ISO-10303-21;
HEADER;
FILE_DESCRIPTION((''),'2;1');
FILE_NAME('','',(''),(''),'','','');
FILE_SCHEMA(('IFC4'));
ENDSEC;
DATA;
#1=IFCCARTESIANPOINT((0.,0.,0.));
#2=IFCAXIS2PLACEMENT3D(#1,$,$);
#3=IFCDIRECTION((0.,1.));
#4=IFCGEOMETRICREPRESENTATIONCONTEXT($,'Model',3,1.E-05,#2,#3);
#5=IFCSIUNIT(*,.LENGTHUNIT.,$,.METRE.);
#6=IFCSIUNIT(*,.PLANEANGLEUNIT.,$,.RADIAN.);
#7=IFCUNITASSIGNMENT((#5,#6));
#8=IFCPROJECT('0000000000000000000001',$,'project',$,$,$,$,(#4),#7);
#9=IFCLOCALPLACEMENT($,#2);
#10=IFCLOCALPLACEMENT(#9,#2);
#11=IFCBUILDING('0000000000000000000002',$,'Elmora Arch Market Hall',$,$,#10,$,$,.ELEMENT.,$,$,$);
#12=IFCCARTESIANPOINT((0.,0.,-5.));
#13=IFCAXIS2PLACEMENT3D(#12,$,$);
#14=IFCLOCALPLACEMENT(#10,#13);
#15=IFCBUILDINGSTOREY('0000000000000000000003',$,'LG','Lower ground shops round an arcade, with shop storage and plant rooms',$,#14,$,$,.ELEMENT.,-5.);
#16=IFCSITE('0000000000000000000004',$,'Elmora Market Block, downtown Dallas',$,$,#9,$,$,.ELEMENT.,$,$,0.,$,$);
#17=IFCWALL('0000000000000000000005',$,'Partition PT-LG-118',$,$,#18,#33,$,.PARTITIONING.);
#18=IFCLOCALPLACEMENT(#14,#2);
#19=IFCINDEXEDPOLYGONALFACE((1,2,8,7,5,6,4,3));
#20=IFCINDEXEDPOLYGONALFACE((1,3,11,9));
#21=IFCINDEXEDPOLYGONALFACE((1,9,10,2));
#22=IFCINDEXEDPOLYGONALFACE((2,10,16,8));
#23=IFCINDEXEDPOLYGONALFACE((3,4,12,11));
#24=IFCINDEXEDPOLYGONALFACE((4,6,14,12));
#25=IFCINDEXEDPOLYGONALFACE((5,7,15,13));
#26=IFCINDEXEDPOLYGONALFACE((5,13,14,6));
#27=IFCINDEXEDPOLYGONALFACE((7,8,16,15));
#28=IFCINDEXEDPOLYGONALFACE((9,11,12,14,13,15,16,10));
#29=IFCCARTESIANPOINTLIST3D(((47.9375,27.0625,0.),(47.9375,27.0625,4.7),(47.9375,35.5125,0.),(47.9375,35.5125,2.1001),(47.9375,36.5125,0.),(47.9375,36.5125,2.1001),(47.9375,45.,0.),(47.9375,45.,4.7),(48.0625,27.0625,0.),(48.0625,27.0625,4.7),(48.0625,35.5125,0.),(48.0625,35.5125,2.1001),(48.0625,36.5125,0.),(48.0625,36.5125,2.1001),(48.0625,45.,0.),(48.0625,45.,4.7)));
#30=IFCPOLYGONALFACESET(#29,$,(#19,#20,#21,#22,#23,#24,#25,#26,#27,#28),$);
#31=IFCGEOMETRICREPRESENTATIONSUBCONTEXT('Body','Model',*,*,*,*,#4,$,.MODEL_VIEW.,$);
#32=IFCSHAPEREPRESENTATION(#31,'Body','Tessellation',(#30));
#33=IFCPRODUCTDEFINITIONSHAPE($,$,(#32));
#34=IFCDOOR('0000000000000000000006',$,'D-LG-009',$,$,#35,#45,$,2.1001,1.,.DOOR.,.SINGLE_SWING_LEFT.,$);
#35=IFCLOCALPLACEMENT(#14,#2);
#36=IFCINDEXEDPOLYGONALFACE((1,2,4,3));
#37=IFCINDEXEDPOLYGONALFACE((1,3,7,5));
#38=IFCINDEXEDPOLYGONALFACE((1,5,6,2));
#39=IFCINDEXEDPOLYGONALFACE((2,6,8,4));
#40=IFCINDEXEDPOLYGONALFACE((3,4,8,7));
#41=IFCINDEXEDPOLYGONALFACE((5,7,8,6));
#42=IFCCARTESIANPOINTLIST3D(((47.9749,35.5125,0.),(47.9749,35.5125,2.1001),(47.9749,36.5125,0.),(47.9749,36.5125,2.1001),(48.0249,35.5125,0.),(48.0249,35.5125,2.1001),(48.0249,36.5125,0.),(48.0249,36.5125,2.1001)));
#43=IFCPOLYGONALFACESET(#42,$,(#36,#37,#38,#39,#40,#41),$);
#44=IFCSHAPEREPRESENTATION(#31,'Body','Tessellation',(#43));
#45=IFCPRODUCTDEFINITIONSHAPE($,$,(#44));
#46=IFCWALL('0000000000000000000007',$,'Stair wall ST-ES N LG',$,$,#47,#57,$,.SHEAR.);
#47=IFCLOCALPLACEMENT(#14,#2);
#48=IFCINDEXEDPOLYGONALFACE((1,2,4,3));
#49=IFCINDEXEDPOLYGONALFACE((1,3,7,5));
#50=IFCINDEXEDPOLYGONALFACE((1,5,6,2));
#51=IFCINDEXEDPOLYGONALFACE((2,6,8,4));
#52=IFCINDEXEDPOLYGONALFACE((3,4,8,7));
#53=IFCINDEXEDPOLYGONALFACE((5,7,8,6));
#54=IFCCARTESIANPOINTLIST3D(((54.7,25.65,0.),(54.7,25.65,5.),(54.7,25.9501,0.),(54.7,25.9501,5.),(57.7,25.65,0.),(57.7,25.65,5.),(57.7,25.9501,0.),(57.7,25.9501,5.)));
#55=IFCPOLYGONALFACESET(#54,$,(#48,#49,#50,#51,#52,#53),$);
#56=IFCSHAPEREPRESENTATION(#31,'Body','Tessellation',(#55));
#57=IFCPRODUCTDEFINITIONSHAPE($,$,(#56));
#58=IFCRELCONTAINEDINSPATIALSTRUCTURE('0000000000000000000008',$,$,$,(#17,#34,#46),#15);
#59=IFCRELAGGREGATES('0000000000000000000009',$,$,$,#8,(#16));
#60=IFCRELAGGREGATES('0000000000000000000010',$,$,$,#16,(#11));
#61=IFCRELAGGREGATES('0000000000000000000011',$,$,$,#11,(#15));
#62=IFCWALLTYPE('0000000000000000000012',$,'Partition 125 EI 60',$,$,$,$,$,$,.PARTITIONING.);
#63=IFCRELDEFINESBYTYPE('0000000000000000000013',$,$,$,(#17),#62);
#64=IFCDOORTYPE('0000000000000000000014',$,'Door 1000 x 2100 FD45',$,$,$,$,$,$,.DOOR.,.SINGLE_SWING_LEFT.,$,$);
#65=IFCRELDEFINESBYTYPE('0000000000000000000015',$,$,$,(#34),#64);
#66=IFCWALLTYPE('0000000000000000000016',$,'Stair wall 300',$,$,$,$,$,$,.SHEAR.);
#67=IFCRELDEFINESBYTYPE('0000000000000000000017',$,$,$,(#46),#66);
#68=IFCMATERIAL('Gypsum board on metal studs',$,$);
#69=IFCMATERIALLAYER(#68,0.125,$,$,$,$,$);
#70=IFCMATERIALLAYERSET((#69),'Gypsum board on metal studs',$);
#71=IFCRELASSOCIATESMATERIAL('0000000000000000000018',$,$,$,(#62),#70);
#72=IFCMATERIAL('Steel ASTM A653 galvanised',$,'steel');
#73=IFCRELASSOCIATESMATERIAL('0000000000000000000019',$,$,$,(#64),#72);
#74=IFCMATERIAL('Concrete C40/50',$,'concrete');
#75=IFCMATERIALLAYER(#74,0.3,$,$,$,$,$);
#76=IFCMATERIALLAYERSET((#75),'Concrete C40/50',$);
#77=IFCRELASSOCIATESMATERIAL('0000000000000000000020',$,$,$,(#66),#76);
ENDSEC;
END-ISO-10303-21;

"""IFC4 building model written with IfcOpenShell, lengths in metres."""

from ifc_helpers import new_model, si_unit, direction, frame, frame_2d, origin, place, context, subcontext, project, spatial, rectangle, extrude, material, layer, layer_set, type_object, element, fill, save


model = new_model("IFC4")

# Units and contexts
model_context = context("Model", 3, precision=1e-05, world=origin(), true_north=direction((0.0, 1.0)))
body_context = subcontext(model_context, "Body", "Model", "MODEL_VIEW")
ifc_project = project(units=[si_unit("LENGTHUNIT", "METRE"), si_unit("PLANEANGLEUNIT", "RADIAN")], contexts=[model_context])

# Site, building, storey
site_placement = place(None, origin())
site = spatial("IfcSite", under=ifc_project, at=site_placement, Name="Elmora Market Block, downtown Dallas", CompositionType="ELEMENT", RefElevation=0.0)
building_placement = place(site_placement, origin())
building = spatial("IfcBuilding", under=site, at=building_placement, Name="Elmora Arch Market Hall", CompositionType="ELEMENT")
storey_placement = place(building_placement, frame((0.0, 0.0, -5.0)))
storey = spatial("IfcBuildingStorey", under=building, at=storey_placement, Name="LG", Description="Lower ground shops round an arcade, with shop storage and plant rooms", CompositionType="ELEMENT", Elevation=-5.0)

# Shared definitions
ifc_material_1 = material(Name="Gypsum board on metal studs")
ifc_layer_1 = layer(ifc_material_1, 0.125)
ifc_layer_set_1 = layer_set([ifc_layer_1], Name="Gypsum board on metal studs")
wall_type_1 = type_object("IfcWallType", Name="Partition 125 EI 60", PredefinedType="PARTITIONING", material=ifc_layer_set_1)

# Wall, opening, door
ifc_material_2 = material(Name="Steel ASTM A653 galvanised", Category="steel")
door_type = type_object("IfcDoorType", Name="Door 1000 x 2100 FD45", OperationType="SINGLE_SWING_LEFT", PredefinedType="DOOR", material=ifc_material_2)
wall_1_placement = place(storey_placement, frame((48.0, 27.0625, 0.0), z_axis=(0.0, 0.0, 1.0), x_axis=(0.0, 1.0, 0.0)))
wall_1 = element("IfcWall", 1, at=wall_1_placement, inside=storey, type_object=wall_type_1, Name="Partition PT-LG-118", PredefinedType="PARTITIONING", context=body_context, shape_type="SweptSolid", body=[
    extrude(rectangle(XDim=17.9375, YDim=0.125, at=frame_2d((8.9688, 0.0))), origin(), (0.0, 0.0, 1.0), 4.7),
])
opening_1_placement = place(wall_1_placement, frame((8.45, 0.0, 0.0)))
opening_1 = element("IfcOpeningElement", 2, at=opening_1_placement, cuts=wall_1, PredefinedType="OPENING", context=body_context, shape_type="SweptSolid", body=[
    extrude(rectangle(XDim=1.0, YDim=2.1001, at=frame_2d((0.5, 1.05))), frame((0.0, 0.0725, 0.0), z_axis=(0.0, -1.0, 0.0), x_axis=(1.0, 0.0, 0.0)), (0.0, 0.0, 1.0), 0.145),
])
door_1_placement = place(opening_1_placement, frame((1.0, 0.0, 0.0), z_axis=(0.0, 0.0, 1.0), x_axis=(-1.0, 0.0, 0.0)))
door_1 = element("IfcDoor", 3, at=door_1_placement, inside=storey, type_object=door_type, Name="D-LG-009", OperationType="SINGLE_SWING_LEFT", OverallHeight=2.1001, OverallWidth=1.0, PredefinedType="DOOR", context=body_context, shape_type="SweptSolid", body=[
    extrude(rectangle(XDim=1.0, YDim=2.1001, at=frame_2d((0.5, 1.05))), frame((0.0, 0.0249, 0.0), z_axis=(0.0, -1.0, 0.0), x_axis=(1.0, 0.0, 0.0)), (0.0, 0.0, 1.0), 0.05),
])
fill(opening_1, door_1)

# Wall
ifc_material_3 = material(Name="Concrete C40/50", Category="concrete")
ifc_layer_2 = layer(ifc_material_3, 0.3)
ifc_layer_set_2 = layer_set([ifc_layer_2], Name="Concrete C40/50")
wall_type_2 = type_object("IfcWallType", Name="Stair wall 300", PredefinedType="SHEAR", material=ifc_layer_set_2)
wall_2_placement = place(storey_placement, frame((54.7, 25.8, 0.0), z_axis=(0.0, 0.0, 1.0), x_axis=(1.0, 0.0, 0.0)))
element("IfcWall", 4, at=wall_2_placement, inside=storey, type_object=wall_type_2, Name="Stair wall ST-ES N LG", PredefinedType="SHEAR", context=body_context, shape_type="SweptSolid", body=[
    extrude(rectangle(XDim=3.0, YDim=0.3, at=frame_2d((1.5, 0.0))), origin(), (0.0, 0.0, 1.0), 5.0),
])

save(model, "model.ifc")
